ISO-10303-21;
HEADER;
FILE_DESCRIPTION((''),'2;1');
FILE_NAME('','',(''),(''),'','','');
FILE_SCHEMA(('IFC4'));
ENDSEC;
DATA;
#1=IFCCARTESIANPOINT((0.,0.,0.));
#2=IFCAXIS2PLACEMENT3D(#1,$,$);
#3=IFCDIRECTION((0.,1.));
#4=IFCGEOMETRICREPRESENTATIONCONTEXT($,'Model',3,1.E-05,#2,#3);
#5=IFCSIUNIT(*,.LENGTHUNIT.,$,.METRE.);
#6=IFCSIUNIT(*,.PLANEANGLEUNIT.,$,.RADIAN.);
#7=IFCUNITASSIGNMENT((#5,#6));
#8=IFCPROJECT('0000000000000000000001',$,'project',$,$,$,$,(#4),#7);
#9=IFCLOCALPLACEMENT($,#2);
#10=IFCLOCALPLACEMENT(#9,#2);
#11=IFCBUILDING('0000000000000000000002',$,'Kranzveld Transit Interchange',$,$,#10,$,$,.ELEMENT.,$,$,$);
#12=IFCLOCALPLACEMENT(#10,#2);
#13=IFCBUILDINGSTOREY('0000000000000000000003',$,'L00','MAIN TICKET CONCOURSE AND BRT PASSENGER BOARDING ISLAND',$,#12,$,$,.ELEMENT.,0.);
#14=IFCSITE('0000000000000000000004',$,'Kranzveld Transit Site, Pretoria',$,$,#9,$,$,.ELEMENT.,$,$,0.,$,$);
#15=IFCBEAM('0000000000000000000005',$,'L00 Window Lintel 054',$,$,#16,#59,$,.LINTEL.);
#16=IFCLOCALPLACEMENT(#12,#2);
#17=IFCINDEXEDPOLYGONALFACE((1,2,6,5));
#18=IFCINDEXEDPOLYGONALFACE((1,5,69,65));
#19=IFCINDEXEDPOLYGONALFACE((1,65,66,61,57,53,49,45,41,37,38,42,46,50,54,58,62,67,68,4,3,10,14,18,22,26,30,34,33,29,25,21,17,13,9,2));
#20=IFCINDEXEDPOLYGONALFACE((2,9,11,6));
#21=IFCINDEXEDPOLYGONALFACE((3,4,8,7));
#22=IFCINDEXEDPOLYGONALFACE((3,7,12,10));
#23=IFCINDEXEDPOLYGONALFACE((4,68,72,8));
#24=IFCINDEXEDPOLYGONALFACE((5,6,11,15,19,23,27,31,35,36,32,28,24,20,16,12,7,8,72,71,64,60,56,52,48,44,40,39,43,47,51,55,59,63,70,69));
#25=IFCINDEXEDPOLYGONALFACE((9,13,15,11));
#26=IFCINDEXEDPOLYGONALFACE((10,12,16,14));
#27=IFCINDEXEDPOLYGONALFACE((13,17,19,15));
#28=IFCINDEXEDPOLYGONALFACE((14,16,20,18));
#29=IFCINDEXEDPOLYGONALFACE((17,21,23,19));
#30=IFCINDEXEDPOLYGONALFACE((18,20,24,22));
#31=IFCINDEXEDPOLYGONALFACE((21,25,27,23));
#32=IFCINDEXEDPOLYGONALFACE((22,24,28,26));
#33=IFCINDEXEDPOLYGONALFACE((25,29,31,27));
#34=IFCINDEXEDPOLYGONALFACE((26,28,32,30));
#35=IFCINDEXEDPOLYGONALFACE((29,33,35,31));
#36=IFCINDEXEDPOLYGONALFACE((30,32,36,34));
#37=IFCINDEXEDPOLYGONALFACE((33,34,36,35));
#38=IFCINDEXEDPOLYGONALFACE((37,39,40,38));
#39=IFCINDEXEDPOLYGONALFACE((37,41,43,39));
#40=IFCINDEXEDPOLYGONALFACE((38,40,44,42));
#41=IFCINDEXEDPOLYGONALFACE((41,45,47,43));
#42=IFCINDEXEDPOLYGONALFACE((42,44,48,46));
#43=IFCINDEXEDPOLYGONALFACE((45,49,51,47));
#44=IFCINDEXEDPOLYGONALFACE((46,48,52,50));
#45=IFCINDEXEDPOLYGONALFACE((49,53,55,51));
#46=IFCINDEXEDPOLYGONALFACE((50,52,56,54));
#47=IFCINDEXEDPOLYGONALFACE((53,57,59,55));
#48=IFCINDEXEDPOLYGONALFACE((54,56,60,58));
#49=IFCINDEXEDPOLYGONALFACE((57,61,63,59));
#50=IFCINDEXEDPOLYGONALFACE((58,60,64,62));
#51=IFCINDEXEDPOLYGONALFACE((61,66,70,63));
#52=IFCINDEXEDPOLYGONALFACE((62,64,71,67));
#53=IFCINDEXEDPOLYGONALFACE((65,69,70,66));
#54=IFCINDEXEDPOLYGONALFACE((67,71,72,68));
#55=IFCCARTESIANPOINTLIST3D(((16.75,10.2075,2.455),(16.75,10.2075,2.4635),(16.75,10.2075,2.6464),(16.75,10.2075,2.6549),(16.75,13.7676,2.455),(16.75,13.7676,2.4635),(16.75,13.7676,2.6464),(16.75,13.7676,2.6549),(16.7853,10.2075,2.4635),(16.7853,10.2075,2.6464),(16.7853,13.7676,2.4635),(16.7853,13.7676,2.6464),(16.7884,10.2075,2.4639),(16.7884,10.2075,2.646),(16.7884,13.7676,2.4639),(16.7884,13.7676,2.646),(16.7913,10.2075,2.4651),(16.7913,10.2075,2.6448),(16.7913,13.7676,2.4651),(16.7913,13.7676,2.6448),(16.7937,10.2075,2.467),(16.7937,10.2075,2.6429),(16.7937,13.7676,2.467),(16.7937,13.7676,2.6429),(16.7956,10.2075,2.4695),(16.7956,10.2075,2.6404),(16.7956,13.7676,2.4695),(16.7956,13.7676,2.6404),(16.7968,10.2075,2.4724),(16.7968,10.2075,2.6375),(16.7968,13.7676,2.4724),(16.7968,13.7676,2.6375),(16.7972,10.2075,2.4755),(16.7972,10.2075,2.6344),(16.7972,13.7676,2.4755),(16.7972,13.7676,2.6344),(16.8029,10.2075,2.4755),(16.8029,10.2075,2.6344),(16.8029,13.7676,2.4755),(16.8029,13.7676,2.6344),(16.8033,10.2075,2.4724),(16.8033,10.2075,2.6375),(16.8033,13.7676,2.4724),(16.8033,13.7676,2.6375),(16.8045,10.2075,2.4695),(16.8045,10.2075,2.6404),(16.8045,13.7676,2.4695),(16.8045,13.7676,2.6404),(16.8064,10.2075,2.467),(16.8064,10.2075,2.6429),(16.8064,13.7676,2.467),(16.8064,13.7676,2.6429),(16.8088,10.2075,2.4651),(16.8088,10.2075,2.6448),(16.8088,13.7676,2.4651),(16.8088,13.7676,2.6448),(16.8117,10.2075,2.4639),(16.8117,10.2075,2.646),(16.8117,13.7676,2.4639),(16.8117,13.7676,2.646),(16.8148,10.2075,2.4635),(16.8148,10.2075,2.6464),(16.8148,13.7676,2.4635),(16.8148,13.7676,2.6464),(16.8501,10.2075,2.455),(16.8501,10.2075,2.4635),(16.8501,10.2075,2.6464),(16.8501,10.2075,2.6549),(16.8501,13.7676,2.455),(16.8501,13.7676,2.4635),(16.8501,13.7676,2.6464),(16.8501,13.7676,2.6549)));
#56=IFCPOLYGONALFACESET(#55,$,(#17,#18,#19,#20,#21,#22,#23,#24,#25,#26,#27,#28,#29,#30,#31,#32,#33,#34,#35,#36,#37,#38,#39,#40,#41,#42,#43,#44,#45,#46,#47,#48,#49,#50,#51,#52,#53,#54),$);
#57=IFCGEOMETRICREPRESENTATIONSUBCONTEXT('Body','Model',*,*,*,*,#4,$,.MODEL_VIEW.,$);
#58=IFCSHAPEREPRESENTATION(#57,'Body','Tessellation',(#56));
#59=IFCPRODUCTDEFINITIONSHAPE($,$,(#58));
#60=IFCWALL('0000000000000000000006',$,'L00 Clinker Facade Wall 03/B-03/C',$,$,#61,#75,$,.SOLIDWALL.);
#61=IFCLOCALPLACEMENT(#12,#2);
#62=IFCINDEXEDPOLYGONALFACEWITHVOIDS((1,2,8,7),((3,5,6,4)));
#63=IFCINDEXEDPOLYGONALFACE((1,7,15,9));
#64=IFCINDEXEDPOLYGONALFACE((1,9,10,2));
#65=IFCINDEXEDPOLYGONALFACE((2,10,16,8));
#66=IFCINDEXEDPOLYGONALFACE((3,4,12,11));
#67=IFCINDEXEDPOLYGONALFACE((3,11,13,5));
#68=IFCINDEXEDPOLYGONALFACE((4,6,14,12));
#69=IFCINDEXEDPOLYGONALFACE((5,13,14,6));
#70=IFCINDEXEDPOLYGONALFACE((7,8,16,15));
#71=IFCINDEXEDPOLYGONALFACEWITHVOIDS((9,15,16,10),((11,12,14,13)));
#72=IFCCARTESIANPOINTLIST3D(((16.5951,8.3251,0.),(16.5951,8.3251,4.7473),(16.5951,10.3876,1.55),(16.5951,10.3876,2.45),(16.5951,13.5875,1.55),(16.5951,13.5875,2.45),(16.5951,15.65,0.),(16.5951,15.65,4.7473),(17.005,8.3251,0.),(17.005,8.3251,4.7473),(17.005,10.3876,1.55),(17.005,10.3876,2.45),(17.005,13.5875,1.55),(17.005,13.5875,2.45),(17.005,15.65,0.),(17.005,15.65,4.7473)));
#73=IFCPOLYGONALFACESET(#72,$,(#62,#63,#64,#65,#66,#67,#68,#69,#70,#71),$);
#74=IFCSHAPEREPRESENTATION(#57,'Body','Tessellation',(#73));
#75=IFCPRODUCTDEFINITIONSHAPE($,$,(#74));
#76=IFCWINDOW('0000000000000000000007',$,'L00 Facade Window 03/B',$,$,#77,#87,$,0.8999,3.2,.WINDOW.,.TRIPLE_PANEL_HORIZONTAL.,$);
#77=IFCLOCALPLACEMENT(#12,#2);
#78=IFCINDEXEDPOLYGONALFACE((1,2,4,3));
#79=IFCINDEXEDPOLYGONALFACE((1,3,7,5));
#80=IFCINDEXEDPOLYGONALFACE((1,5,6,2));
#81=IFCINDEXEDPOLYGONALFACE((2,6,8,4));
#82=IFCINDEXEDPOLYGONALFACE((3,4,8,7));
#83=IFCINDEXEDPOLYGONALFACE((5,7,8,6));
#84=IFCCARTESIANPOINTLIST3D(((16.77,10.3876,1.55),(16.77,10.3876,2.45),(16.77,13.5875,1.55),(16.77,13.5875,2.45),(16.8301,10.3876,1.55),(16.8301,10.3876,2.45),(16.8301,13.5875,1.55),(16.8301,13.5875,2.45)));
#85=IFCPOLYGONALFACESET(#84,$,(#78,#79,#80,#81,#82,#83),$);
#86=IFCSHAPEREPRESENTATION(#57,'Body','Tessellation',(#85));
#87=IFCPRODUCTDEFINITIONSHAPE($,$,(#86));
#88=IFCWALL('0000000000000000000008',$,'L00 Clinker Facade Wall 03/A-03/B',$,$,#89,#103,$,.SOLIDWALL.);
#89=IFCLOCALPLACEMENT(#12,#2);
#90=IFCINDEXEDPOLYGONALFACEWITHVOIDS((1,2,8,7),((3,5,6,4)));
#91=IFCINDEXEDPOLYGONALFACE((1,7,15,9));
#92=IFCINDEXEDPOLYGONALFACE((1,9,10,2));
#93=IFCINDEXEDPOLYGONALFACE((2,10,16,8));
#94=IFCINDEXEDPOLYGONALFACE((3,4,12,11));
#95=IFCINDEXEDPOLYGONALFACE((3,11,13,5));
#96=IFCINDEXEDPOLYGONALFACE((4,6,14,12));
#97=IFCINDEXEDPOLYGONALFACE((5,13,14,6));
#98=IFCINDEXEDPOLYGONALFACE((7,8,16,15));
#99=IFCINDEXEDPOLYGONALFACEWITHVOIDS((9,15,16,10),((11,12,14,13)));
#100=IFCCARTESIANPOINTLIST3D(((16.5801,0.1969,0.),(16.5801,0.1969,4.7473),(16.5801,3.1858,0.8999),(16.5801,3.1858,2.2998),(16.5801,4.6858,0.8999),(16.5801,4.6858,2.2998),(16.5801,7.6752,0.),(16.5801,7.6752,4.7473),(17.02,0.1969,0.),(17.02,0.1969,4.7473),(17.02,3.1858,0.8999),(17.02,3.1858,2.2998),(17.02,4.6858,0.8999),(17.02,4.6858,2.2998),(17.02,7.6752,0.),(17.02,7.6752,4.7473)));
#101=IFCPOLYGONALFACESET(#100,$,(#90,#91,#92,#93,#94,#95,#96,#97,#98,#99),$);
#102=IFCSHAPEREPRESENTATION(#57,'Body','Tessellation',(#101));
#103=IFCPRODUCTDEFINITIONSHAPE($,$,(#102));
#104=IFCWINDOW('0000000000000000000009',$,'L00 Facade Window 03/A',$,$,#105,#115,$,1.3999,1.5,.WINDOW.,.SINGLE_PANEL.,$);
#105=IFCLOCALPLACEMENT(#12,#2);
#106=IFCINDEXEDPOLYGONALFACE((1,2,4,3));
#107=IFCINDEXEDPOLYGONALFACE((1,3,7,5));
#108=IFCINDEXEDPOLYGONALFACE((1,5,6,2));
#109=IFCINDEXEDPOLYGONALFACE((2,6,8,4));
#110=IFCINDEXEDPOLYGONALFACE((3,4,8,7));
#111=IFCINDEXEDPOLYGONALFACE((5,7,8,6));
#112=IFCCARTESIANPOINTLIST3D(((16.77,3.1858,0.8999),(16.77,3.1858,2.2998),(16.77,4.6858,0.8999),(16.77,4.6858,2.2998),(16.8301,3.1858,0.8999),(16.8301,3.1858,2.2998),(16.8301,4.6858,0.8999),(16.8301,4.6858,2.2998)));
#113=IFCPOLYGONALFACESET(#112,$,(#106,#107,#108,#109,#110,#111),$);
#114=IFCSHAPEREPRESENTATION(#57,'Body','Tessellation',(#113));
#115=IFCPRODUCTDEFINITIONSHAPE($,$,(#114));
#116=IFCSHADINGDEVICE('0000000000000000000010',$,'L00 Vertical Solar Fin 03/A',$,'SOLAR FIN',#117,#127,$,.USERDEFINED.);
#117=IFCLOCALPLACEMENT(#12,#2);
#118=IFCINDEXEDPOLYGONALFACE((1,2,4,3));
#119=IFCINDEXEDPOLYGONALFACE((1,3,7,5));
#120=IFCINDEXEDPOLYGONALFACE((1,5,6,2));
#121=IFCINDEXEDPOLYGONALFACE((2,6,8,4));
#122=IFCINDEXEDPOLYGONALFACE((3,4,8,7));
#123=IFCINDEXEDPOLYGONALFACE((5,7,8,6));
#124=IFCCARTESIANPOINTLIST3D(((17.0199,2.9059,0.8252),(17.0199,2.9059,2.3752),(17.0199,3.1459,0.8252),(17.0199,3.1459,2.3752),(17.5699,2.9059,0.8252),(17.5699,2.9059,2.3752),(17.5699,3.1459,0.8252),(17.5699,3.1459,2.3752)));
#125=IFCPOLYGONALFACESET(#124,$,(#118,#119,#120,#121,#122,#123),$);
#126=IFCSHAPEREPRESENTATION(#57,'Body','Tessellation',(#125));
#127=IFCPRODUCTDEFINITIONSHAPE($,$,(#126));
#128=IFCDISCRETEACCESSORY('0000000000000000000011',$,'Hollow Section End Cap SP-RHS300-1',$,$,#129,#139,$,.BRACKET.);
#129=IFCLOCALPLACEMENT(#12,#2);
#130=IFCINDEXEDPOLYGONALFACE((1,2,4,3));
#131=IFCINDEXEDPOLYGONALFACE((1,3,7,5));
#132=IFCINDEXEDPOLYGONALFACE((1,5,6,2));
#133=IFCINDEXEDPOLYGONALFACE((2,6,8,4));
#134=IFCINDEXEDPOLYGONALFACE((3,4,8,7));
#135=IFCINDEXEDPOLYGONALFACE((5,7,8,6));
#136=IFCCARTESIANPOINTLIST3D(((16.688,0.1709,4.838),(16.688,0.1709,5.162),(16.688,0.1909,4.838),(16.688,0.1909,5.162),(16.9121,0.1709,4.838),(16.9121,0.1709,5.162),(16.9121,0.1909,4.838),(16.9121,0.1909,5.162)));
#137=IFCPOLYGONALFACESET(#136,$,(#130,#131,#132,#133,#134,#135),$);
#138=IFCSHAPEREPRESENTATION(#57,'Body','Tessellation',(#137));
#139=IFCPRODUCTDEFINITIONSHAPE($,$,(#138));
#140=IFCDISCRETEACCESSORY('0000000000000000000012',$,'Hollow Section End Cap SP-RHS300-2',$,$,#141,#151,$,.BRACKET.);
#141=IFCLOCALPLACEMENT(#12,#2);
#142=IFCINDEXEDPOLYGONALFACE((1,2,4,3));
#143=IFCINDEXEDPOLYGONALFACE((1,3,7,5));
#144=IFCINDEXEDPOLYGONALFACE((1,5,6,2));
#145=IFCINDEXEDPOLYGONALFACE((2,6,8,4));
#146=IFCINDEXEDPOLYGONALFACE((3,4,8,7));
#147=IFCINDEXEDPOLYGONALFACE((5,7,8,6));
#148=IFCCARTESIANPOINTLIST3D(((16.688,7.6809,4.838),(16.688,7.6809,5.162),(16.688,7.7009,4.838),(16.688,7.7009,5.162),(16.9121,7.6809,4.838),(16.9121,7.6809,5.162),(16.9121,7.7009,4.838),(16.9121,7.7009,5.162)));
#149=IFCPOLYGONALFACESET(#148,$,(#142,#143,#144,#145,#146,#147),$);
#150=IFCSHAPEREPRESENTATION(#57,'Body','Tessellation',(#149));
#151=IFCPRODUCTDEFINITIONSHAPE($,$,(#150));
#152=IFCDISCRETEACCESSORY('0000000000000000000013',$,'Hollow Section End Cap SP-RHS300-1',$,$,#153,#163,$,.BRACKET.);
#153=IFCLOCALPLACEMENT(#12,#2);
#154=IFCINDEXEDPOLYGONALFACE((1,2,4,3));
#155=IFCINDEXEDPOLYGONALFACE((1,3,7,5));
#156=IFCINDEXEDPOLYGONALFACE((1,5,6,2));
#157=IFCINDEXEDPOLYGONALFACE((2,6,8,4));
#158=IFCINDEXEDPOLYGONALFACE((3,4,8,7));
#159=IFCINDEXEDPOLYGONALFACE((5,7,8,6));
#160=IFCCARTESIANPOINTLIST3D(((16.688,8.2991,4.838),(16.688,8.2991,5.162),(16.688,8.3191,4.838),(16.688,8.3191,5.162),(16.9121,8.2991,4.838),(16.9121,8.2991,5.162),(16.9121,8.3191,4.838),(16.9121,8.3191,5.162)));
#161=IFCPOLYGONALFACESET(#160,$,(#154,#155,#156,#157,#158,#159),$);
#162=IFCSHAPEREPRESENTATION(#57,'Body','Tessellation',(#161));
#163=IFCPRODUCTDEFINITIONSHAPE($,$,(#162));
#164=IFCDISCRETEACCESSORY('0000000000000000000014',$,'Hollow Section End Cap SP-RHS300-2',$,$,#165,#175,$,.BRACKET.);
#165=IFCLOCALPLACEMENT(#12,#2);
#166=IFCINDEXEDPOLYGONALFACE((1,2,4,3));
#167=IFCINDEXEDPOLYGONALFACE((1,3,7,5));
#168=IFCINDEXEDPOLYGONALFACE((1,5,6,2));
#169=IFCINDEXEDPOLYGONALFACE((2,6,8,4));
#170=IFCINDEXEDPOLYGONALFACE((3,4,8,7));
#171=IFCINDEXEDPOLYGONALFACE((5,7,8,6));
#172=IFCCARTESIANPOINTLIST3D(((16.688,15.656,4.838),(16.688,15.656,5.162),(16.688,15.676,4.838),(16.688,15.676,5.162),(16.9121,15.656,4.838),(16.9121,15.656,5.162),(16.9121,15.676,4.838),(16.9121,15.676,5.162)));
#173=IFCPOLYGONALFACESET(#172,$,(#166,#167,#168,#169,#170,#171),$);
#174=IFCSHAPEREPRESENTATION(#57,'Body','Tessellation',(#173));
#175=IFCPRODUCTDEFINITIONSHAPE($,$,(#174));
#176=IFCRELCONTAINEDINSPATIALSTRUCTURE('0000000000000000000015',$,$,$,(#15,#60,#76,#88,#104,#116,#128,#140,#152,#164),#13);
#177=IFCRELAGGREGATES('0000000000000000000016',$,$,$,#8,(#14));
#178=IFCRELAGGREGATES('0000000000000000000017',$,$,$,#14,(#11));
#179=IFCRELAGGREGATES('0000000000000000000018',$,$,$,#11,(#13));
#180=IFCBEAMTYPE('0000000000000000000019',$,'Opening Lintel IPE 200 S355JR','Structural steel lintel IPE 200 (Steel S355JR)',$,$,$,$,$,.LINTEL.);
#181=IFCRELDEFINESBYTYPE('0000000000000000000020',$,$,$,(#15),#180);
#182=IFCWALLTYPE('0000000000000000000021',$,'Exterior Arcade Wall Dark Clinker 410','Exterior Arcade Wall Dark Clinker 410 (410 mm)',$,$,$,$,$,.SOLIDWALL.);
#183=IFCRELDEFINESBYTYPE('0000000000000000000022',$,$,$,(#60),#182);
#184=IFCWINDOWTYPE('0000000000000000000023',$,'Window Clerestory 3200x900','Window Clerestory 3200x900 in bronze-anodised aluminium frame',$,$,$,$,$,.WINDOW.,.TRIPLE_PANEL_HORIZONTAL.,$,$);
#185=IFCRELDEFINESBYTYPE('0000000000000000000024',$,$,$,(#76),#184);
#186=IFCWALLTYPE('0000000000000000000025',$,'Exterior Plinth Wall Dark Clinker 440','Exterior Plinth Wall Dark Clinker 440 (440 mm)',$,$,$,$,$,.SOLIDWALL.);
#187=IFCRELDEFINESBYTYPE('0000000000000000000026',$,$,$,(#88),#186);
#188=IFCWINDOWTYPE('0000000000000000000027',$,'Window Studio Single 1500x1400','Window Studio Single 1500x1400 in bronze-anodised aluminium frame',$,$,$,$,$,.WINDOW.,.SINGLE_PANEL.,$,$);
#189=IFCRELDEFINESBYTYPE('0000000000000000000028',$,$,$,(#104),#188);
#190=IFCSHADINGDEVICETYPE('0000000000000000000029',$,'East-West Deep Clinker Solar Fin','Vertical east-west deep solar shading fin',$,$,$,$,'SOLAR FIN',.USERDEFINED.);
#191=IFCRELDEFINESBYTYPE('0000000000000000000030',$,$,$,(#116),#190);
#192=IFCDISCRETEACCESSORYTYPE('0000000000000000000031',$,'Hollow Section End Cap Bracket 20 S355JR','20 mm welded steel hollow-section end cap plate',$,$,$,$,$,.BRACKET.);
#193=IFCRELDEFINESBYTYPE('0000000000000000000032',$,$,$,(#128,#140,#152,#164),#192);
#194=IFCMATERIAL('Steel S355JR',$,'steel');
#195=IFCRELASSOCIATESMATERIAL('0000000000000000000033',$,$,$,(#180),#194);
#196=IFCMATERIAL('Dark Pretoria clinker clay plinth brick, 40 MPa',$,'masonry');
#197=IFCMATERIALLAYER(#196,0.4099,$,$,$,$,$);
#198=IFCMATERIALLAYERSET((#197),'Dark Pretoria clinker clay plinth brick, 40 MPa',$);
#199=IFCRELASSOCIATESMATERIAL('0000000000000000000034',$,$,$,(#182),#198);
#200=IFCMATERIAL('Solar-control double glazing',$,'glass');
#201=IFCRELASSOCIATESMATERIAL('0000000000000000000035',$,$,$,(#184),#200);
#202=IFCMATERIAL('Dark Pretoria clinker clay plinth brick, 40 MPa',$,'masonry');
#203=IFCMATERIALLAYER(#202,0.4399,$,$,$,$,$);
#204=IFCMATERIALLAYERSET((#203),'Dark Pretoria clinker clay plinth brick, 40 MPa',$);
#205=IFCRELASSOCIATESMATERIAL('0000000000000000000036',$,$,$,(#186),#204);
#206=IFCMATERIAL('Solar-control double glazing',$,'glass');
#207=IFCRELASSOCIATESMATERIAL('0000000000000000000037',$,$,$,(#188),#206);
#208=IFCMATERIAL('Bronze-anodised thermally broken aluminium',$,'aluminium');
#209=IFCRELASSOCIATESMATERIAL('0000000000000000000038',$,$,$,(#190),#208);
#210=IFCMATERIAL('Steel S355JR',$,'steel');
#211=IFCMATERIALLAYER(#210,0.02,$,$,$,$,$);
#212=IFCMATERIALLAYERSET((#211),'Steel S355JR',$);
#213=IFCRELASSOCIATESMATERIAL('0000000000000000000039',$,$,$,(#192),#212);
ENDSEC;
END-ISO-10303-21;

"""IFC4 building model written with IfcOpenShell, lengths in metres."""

from ifc_helpers import new_model, si_unit, direction, frame, frame_2d, origin, origin_2d, place, context, subcontext, project, spatial, rectangle, i_section, extrude, material, layer, layer_set, material_profile, profile_set, type_object, element, fill, save


model = new_model("IFC4")

# Units and contexts
model_context = context("Model", 3, precision=1e-05, world=origin(), true_north=direction((0.0, 1.0)))
body_context = subcontext(model_context, "Body", "Model", "MODEL_VIEW")
ifc_project = project(units=[si_unit("LENGTHUNIT", "METRE"), si_unit("PLANEANGLEUNIT", "RADIAN")], contexts=[model_context])

# Site, building, storey
site_placement = place(None, origin())
site = spatial("IfcSite", under=ifc_project, at=site_placement, Name="Kranzveld Transit Site, Pretoria", CompositionType="ELEMENT", RefElevation=0.0)
building_placement = place(site_placement, origin())
building = spatial("IfcBuilding", under=site, at=building_placement, Name="Kranzveld Transit Interchange", CompositionType="ELEMENT")
storey_placement = place(building_placement, origin())
storey = spatial("IfcBuildingStorey", under=building, at=storey_placement, Name="L00", Description="MAIN TICKET CONCOURSE AND BRT PASSENGER BOARDING ISLAND", CompositionType="ELEMENT", Elevation=0.0)

# Beam
ifc_material_1 = material(Name="Steel S355JR", Category="steel")
ifc_material_profile_1 = material_profile(ifc_material_1, i_section(OverallWidth=0.1001, OverallDepth=0.2, WebThickness=0.0056, FlangeThickness=0.0085, FilletRadius=0.012, at=origin_2d()), Name="IPE 200")
ifc_profile_set_1 = profile_set([ifc_material_profile_1], Name="Steel S355JR")
beam_type_1 = type_object("IfcBeamType", Name="Opening Lintel IPE 200 S355JR", Description="Structural steel lintel IPE 200 (Steel S355JR)", PredefinedType="LINTEL", material=ifc_profile_set_1)
beam_1_placement = place(storey_placement, frame((16.8, 10.2075, 2.5549), z_axis=(0.0, 1.0, 0.0), x_axis=(-1.0, 0.0, 0.0)))
element("IfcBeam", 1, at=beam_1_placement, inside=storey, type_object=beam_type_1, Name="L00 Window Lintel 054", PredefinedType="LINTEL", context=body_context, shape_type="SweptSolid", body=[
    extrude(i_section(OverallWidth=0.1001, OverallDepth=0.2, WebThickness=0.0056, FlangeThickness=0.0085, FilletRadius=0.012, at=origin_2d()), origin(), (0.0, 0.0, 1.0), 3.5601),
])

# Walls, openings, windows
ifc_material_2 = material(Name="Dark Pretoria clinker clay plinth brick, 40 MPa", Category="masonry")
ifc_layer_1 = layer(ifc_material_2, 0.4099)
ifc_layer_set_1 = layer_set([ifc_layer_1], Name="Dark Pretoria clinker clay plinth brick, 40 MPa")
wall_type_1 = type_object("IfcWallType", Name="Exterior Arcade Wall Dark Clinker 410", Description="Exterior Arcade Wall Dark Clinker 410 (410 mm)", PredefinedType="SOLIDWALL", material=ifc_layer_set_1)
wall_1_placement = place(storey_placement, frame((16.8, 8.325, 0.0), z_axis=(0.0, 0.0, 1.0), x_axis=(0.0, 1.0, 0.0)))
wall_1 = element("IfcWall", 2, at=wall_1_placement, inside=storey, type_object=wall_type_1, Name="L00 Clinker Facade Wall 03/B-03/C", PredefinedType="SOLIDWALL", context=body_context, shape_type="SweptSolid", body=[
    extrude(rectangle(XDim=7.325, YDim=0.4099, at=frame_2d((3.6626, 0.0))), origin(), (0.0, 0.0, 1.0), 4.7473),
])
opening_1_placement = place(wall_1_placement, frame((2.0625, 0.0, 1.55), z_axis=(0.0, 0.0, 1.0), x_axis=(1.0, 0.0, 0.0)))
opening_1 = element("IfcOpeningElement", 3, at=opening_1_placement, cuts=wall_1, PredefinedType="OPENING", context=body_context, shape_type="SweptSolid", body=[
    extrude(rectangle(XDim=3.2, YDim=0.8999, at=frame_2d((1.6001, 0.45))), frame((0.0, 0.2148, 0.0), z_axis=(0.0, -1.0, 0.0), x_axis=(1.0, 0.0, 0.0)), (0.0, 0.0, 1.0), 0.4299),
])
ifc_material_3 = material(Name="Solar-control double glazing", Category="glass")
window_type_1 = type_object("IfcWindowType", Name="Window Clerestory 3200x900", Description="Window Clerestory 3200x900 in bronze-anodised aluminium frame", PartitioningType="TRIPLE_PANEL_HORIZONTAL", PredefinedType="WINDOW", material=ifc_material_3)
window_1_placement = place(opening_1_placement, origin())
window_1 = element("IfcWindow", 4, at=window_1_placement, inside=storey, type_object=window_type_1, Name="L00 Facade Window 03/B", OverallHeight=0.8999, OverallWidth=3.2, PartitioningType="TRIPLE_PANEL_HORIZONTAL", PredefinedType="WINDOW", context=body_context, shape_type="SweptSolid", body=[
    extrude(rectangle(XDim=3.2, YDim=0.8999, at=frame_2d((1.6001, 0.45))), frame((0.0, 0.03, 0.0), z_axis=(0.0, -1.0, 0.0), x_axis=(1.0, 0.0, 0.0)), (0.0, 0.0, 1.0), 0.0601),
])
fill(opening_1, window_1)
ifc_material_4 = material(Name="Dark Pretoria clinker clay plinth brick, 40 MPa", Category="masonry")
ifc_layer_2 = layer(ifc_material_4, 0.4399)
ifc_layer_set_2 = layer_set([ifc_layer_2], Name="Dark Pretoria clinker clay plinth brick, 40 MPa")
wall_type_2 = type_object("IfcWallType", Name="Exterior Plinth Wall Dark Clinker 440", Description="Exterior Plinth Wall Dark Clinker 440 (440 mm)", PredefinedType="SOLIDWALL", material=ifc_layer_set_2)
wall_2_placement = place(storey_placement, frame((16.8, 0.1968, 0.0), z_axis=(0.0, 0.0, 1.0), x_axis=(0.0, 1.0, 0.0)))
wall_2 = element("IfcWall", 5, at=wall_2_placement, inside=storey, type_object=wall_type_2, Name="L00 Clinker Facade Wall 03/A-03/B", PredefinedType="SOLIDWALL", context=body_context, shape_type="SweptSolid", body=[
    extrude(rectangle(XDim=7.4783, YDim=0.4399, at=frame_2d((3.7393, 0.0))), origin(), (0.0, 0.0, 1.0), 4.7473),
])
opening_2_placement = place(wall_2_placement, frame((2.989, 0.0, 0.8999), z_axis=(0.0, 0.0, 1.0), x_axis=(1.0, 0.0, 0.0)))
opening_2 = element("IfcOpeningElement", 6, at=opening_2_placement, cuts=wall_2, PredefinedType="OPENING", context=body_context, shape_type="SweptSolid", body=[
    extrude(rectangle(XDim=1.5, YDim=1.3999, at=frame_2d((0.75, 0.7))), frame((0.0, 0.23, 0.0), z_axis=(0.0, -1.0, 0.0), x_axis=(1.0, 0.0, 0.0)), (0.0, 0.0, 1.0), 0.46),
])
ifc_material_5 = material(Name="Solar-control double glazing", Category="glass")
window_type_2 = type_object("IfcWindowType", Name="Window Studio Single 1500x1400", Description="Window Studio Single 1500x1400 in bronze-anodised aluminium frame", PartitioningType="SINGLE_PANEL", PredefinedType="WINDOW", material=ifc_material_5)
window_2_placement = place(opening_2_placement, origin())
window_2 = element("IfcWindow", 7, at=window_2_placement, inside=storey, type_object=window_type_2, Name="L00 Facade Window 03/A", OverallHeight=1.3999, OverallWidth=1.5, PartitioningType="SINGLE_PANEL", PredefinedType="WINDOW", context=body_context, shape_type="SweptSolid", body=[
    extrude(rectangle(XDim=1.5, YDim=1.3999, at=frame_2d((0.75, 0.7))), frame((0.0, 0.03, 0.0), z_axis=(0.0, -1.0, 0.0), x_axis=(1.0, 0.0, 0.0)), (0.0, 0.0, 1.0), 0.0601),
])
fill(opening_2, window_2)

# Shading device
ifc_material_6 = material(Name="Bronze-anodised thermally broken aluminium", Category="aluminium")
shading_device_type = type_object("IfcShadingDeviceType", Name="East-West Deep Clinker Solar Fin", Description="Vertical east-west deep solar shading fin", ElementType="SOLAR FIN", PredefinedType="USERDEFINED", material=ifc_material_6)
shading_device_placement = place(storey_placement, frame((17.2949, 3.0259, 0.8252), z_axis=(0.0, 0.0, 1.0), x_axis=(0.0, 1.0, 0.0)))
element("IfcShadingDevice", 8, at=shading_device_placement, inside=storey, type_object=shading_device_type, Name="L00 Vertical Solar Fin 03/A", ObjectType="SOLAR FIN", PredefinedType="USERDEFINED", context=body_context, shape_type="SweptSolid", body=[
    extrude(rectangle(XDim=0.24, YDim=0.55, at=origin_2d()), origin(), (0.0, 0.0, 1.0), 1.55),
])

# Discrete accessories
ifc_material_7 = material(Name="Steel S355JR", Category="steel")
ifc_layer_3 = layer(ifc_material_7, 0.02)
ifc_layer_set_3 = layer_set([ifc_layer_3], Name="Steel S355JR")
discrete_accessory_type = type_object("IfcDiscreteAccessoryType", Name="Hollow Section End Cap Bracket 20 S355JR", Description="20 mm welded steel hollow-section end cap plate", PredefinedType="BRACKET", material=ifc_layer_set_3)
for number, where, z_axis, x_axis, name in (
    (9, (16.8, 0.1909, 5.0), (0.0, -1.0, 0.0), (1.0, 0.0, 0.0), "Hollow Section End Cap SP-RHS300-1"),
    (10, (16.8, 7.6809, 5.0), (0.0, 1.0, 0.0), (-1.0, 0.0, 0.0), "Hollow Section End Cap SP-RHS300-2"),
    (11, (16.8, 8.3191, 5.0), (0.0, -1.0, 0.0), (1.0, 0.0, 0.0), "Hollow Section End Cap SP-RHS300-1"),
    (12, (16.8, 15.656, 5.0), (0.0, 1.0, 0.0), (-1.0, 0.0, 0.0), "Hollow Section End Cap SP-RHS300-2"),
):
    element("IfcDiscreteAccessory", number, at=place(storey_placement, frame(where, z_axis=z_axis, x_axis=x_axis)), inside=storey, type_object=discrete_accessory_type, Name=name, PredefinedType="BRACKET", context=body_context, shape_type="SweptSolid", body=[
        extrude(rectangle(XDim=0.2241, YDim=0.324, at=origin_2d()), origin(), (0.0, 0.0, 1.0), 0.02),
    ])

save(model, "model.ifc")
